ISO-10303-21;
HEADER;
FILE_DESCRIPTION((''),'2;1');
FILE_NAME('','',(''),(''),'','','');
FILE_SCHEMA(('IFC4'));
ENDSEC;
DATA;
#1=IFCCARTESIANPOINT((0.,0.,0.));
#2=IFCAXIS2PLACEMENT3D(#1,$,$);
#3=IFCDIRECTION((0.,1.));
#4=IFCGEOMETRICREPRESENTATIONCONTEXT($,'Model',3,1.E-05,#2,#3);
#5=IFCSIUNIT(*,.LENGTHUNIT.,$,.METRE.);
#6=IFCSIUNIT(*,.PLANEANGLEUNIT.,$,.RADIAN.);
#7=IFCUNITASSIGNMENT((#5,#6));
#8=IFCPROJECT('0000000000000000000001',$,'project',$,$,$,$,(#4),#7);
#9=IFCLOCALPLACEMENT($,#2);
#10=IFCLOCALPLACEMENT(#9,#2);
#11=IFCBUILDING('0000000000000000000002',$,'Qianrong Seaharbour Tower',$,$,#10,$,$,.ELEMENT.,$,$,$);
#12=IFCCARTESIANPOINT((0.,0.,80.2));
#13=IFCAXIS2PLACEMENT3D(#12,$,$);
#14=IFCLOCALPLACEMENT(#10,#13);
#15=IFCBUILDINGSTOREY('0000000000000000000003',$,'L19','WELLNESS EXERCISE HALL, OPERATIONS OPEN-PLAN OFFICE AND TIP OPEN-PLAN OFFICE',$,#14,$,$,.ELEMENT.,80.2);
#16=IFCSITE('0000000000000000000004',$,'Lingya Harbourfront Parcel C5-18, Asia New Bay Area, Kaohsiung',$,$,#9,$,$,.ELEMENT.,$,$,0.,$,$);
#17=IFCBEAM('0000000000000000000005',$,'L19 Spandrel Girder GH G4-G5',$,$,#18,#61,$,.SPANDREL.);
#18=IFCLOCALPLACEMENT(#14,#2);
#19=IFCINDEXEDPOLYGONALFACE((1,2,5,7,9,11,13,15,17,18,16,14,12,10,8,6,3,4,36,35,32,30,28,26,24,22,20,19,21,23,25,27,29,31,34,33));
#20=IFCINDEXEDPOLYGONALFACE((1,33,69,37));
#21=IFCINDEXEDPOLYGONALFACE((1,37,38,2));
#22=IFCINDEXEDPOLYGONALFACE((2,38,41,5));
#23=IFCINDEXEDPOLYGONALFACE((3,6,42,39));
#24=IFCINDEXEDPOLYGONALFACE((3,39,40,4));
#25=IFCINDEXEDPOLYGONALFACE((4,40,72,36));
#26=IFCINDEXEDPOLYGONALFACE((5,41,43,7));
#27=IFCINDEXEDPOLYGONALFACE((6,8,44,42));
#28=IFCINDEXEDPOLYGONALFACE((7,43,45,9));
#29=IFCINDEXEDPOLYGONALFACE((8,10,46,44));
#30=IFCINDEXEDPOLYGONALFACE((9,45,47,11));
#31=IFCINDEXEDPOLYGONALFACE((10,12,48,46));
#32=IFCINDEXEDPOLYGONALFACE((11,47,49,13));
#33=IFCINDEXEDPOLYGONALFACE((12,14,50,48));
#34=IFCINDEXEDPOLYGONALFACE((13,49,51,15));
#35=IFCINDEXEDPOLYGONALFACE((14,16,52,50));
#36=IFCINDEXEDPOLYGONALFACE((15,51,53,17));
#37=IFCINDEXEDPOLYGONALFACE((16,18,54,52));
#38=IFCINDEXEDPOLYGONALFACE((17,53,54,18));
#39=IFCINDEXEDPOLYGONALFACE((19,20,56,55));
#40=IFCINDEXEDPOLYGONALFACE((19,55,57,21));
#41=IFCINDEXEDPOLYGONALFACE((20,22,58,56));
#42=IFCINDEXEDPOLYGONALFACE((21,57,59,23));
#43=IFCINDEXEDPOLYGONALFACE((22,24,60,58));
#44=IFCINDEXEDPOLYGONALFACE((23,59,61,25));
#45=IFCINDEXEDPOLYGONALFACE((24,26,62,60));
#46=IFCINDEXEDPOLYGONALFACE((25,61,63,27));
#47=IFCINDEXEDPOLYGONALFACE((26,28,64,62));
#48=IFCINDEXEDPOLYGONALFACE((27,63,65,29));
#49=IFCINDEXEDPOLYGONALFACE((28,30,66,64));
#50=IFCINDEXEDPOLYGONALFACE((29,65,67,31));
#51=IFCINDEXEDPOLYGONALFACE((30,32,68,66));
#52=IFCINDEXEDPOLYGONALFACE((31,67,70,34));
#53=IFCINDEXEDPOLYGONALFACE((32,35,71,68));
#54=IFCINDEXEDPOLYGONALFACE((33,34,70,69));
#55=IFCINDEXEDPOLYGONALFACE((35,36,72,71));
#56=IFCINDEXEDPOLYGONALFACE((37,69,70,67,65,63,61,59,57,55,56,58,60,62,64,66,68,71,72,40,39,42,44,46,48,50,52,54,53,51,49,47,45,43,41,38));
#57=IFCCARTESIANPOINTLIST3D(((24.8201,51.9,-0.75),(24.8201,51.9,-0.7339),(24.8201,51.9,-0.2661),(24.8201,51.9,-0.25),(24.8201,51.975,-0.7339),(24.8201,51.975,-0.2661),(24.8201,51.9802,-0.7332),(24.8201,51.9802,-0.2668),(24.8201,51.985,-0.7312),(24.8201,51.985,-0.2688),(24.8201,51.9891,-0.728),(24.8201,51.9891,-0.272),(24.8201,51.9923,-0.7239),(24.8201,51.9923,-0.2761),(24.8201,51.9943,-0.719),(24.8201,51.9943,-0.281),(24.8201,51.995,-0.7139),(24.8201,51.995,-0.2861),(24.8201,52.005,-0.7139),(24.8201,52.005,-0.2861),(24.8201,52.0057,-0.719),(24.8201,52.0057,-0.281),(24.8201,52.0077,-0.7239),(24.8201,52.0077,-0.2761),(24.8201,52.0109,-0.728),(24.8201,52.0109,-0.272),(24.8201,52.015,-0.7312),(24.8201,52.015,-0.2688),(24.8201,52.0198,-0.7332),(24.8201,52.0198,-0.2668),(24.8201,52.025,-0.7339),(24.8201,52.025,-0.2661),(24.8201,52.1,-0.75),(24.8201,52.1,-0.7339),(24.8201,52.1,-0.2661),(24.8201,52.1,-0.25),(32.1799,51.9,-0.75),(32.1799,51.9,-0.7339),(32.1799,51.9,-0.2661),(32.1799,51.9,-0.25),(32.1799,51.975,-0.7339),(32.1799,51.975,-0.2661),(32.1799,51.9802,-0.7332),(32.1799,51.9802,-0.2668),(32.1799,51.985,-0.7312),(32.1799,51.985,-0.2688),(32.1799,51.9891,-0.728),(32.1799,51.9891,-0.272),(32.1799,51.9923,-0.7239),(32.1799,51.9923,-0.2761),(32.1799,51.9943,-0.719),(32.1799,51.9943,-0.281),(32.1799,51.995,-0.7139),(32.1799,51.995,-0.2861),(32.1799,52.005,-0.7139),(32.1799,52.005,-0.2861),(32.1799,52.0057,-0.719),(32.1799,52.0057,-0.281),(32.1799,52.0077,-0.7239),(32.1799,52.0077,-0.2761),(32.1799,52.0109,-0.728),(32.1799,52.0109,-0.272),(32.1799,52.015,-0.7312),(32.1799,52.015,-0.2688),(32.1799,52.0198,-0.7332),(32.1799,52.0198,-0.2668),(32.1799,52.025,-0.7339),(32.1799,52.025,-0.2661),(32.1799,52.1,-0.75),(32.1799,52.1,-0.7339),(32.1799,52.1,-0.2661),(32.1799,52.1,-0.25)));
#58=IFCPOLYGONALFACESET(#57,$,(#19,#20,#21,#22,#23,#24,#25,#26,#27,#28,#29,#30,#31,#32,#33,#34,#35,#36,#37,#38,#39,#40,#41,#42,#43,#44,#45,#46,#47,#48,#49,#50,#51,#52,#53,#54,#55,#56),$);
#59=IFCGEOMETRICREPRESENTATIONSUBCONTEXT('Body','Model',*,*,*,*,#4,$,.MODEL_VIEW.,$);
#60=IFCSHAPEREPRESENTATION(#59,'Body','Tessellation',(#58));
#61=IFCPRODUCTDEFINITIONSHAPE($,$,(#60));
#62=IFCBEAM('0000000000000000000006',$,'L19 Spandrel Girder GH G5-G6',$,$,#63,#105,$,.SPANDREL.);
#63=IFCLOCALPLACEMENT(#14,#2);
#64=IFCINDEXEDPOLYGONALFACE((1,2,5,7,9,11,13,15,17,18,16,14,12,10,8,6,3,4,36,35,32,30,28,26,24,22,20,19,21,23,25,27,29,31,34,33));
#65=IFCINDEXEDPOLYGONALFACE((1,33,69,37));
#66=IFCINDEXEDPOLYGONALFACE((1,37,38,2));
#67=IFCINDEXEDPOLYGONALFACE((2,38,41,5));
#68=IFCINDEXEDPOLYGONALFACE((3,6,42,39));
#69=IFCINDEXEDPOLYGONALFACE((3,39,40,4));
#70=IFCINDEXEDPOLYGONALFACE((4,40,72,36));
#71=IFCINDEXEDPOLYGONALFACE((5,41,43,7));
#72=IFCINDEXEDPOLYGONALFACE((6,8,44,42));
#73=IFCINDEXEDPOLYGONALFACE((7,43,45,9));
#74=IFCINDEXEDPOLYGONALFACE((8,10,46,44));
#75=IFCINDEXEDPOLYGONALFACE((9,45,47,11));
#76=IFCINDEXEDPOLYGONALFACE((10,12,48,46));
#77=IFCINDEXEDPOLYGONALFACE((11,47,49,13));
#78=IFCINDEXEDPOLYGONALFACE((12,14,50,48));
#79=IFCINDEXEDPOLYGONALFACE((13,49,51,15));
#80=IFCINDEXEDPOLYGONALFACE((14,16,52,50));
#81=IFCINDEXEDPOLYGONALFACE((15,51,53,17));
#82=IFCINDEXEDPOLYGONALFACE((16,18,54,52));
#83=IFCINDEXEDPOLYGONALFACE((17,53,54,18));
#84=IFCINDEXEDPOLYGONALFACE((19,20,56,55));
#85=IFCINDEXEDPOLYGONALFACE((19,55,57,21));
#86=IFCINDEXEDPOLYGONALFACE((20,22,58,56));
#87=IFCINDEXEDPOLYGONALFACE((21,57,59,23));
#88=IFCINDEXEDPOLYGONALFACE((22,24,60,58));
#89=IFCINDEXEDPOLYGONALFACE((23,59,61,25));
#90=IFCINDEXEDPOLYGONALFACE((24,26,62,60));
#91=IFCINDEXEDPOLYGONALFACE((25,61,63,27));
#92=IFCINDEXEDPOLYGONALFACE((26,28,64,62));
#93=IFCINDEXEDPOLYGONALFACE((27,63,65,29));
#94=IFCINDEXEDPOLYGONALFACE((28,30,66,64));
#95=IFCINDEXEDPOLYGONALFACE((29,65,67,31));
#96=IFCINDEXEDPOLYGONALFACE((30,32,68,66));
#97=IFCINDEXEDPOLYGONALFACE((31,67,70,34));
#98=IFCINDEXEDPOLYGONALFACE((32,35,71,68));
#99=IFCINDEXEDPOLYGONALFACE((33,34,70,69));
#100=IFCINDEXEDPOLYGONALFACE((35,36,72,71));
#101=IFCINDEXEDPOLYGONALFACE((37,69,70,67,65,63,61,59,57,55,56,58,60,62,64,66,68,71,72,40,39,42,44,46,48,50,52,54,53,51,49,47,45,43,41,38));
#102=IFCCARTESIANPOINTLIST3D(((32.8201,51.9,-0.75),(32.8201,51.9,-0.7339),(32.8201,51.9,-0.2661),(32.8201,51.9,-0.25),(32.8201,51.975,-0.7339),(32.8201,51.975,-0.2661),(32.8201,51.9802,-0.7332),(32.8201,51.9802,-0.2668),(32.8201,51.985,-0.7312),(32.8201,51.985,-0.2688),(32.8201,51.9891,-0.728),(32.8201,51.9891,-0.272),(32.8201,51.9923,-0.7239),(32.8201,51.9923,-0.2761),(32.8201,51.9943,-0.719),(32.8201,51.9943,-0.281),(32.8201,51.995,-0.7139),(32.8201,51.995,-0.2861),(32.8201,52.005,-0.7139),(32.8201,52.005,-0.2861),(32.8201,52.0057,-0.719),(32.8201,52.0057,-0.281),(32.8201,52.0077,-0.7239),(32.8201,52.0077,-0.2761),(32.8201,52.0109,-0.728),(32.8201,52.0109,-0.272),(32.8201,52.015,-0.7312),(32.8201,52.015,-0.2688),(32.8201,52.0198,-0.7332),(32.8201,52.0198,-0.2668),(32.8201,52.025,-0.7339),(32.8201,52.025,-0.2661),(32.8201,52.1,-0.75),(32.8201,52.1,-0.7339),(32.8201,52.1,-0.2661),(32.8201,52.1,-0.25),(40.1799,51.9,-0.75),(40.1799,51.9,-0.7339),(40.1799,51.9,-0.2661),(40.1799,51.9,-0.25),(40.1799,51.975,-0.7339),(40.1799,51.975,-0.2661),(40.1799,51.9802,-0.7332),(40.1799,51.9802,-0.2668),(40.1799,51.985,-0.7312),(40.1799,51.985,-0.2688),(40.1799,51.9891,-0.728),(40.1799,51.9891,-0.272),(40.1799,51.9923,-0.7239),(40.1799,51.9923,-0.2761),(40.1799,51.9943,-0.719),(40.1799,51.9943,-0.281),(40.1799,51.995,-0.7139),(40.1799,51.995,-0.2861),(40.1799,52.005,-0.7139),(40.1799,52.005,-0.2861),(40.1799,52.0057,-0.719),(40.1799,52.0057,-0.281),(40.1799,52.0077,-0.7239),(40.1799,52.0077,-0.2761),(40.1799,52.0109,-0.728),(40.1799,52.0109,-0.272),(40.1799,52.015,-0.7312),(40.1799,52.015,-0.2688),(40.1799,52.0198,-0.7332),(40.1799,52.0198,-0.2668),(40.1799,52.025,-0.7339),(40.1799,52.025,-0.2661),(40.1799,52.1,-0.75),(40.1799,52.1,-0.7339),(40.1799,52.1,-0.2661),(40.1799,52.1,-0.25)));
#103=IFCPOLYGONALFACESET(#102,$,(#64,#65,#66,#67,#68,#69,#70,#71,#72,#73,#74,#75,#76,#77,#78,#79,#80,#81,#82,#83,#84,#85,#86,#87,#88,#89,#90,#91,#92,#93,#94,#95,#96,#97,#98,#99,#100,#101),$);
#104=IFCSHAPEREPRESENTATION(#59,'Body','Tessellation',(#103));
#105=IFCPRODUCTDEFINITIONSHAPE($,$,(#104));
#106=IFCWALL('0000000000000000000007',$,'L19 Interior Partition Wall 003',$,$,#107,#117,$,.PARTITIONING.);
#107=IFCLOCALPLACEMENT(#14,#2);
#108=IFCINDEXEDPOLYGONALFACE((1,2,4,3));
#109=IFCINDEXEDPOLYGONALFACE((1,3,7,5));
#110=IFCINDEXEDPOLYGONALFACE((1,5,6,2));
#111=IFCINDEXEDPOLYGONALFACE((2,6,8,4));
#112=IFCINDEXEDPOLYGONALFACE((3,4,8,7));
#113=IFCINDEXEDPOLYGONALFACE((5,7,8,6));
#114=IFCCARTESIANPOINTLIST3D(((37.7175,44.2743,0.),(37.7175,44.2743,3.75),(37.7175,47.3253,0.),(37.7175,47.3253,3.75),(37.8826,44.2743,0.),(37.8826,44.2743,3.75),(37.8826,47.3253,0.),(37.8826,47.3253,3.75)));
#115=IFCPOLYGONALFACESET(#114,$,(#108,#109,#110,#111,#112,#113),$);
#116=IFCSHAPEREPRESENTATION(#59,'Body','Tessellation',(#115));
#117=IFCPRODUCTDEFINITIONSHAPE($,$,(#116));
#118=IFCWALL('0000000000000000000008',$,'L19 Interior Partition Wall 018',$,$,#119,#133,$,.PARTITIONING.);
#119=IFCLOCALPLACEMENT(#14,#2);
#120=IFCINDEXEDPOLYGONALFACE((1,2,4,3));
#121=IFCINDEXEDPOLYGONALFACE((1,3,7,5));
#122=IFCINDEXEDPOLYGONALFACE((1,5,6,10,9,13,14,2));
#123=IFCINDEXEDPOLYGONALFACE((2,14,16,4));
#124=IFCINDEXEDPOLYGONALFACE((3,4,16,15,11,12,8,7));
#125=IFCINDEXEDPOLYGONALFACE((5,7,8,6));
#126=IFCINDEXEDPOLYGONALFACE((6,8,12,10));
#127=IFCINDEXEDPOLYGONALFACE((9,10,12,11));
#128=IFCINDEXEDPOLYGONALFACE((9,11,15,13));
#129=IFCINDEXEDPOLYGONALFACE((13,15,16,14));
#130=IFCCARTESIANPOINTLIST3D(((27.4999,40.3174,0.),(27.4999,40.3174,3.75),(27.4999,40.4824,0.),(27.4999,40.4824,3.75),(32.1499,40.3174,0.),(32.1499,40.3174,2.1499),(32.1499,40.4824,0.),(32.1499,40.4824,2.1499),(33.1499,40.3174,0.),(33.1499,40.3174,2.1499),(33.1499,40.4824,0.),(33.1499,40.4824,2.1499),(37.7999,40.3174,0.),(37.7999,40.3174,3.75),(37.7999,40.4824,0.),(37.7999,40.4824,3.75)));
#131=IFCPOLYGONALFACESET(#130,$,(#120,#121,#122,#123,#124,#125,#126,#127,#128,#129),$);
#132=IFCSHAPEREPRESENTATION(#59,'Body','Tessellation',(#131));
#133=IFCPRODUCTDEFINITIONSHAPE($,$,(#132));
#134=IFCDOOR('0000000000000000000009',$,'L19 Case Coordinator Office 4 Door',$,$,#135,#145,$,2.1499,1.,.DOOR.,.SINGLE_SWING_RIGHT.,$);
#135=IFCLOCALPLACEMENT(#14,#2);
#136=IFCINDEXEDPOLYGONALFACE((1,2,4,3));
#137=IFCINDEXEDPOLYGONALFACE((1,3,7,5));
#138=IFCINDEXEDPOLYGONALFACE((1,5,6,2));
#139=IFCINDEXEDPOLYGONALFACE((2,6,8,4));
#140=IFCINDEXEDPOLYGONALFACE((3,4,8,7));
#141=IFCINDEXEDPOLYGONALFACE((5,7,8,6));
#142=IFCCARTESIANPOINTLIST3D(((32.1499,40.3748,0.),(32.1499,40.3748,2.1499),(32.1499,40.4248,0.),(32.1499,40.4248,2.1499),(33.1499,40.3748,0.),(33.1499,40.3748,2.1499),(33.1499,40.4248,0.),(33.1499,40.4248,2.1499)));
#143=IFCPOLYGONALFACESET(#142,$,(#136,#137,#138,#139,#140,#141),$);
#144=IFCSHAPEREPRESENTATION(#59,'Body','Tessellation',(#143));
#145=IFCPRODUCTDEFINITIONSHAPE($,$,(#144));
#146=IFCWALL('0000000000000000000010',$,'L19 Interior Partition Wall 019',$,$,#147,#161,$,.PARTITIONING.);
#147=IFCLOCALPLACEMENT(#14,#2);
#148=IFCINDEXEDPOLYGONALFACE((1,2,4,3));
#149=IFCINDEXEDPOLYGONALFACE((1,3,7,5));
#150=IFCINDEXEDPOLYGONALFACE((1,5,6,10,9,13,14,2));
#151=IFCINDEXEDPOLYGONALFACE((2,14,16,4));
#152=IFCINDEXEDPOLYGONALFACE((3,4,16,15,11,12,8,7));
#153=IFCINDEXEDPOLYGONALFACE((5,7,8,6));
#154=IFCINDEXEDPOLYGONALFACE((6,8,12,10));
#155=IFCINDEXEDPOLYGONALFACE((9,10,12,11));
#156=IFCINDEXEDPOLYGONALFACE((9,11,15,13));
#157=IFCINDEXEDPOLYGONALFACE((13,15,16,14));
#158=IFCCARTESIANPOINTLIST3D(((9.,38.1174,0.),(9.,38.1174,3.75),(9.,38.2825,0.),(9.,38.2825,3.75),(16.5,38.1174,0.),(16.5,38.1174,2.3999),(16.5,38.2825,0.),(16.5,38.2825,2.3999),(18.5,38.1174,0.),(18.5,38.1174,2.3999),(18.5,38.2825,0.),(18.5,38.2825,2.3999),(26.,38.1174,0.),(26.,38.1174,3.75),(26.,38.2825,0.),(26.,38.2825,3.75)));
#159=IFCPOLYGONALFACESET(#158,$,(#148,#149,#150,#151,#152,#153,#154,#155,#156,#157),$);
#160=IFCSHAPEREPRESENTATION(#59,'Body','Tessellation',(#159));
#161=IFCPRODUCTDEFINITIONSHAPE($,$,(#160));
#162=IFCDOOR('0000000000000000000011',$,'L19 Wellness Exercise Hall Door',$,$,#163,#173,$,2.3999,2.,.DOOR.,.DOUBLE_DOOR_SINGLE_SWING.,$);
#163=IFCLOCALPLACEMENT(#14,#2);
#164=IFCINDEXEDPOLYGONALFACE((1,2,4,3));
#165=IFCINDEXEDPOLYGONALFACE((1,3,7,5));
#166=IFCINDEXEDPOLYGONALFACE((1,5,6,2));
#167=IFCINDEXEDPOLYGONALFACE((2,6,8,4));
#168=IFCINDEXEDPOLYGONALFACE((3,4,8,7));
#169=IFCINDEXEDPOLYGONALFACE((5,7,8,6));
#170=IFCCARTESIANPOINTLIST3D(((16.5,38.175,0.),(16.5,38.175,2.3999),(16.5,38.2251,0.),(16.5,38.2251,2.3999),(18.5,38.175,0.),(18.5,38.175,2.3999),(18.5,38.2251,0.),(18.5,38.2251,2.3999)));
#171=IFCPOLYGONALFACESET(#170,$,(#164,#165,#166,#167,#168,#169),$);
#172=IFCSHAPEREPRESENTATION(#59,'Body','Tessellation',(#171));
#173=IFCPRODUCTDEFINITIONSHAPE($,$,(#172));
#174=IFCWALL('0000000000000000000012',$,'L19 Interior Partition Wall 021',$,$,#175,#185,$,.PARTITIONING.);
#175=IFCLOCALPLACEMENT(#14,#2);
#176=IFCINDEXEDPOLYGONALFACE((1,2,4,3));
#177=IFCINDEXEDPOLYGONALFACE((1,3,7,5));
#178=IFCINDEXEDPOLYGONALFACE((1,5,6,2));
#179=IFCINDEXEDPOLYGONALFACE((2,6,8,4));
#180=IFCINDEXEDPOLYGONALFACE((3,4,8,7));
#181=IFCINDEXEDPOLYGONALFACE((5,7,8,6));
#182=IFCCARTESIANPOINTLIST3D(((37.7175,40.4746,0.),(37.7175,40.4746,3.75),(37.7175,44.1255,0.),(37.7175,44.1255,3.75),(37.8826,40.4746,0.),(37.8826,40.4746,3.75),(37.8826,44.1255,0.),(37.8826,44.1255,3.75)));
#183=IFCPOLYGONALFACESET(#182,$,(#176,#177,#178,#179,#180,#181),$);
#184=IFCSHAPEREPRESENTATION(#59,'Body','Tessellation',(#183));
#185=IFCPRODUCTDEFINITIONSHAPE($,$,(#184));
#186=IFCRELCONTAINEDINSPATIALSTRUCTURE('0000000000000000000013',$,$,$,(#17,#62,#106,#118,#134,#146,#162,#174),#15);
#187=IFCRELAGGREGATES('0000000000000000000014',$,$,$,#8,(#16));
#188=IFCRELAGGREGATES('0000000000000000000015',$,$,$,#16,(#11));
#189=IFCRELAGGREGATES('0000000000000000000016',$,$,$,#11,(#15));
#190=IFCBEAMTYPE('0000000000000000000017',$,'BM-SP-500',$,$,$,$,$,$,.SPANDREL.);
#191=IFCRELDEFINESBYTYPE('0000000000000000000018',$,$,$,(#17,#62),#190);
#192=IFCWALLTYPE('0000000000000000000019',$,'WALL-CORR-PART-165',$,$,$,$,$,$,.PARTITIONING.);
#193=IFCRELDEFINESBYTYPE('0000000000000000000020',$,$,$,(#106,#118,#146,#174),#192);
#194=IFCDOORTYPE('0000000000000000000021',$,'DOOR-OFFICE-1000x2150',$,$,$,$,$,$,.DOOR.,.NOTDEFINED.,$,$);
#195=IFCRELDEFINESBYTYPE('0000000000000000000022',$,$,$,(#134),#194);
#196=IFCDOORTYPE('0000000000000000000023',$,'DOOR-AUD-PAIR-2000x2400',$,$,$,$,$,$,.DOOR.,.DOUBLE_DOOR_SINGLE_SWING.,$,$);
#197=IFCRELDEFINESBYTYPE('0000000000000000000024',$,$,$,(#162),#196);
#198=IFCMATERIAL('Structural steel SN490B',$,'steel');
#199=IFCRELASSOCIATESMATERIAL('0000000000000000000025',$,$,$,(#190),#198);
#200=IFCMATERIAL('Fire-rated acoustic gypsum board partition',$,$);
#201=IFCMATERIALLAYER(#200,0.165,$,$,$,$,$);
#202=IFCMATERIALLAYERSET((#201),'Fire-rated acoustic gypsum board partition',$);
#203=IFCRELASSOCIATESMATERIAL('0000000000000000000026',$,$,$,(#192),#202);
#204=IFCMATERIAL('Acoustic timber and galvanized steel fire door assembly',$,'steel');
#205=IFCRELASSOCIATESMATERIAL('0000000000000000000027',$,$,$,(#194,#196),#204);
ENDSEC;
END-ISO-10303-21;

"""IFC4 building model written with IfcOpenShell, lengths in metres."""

from ifc_helpers import new_model, si_unit, direction, frame, frame_2d, origin, origin_2d, place, context, subcontext, project, spatial, rectangle, i_section, extrude, material, layer, layer_set, material_profile, profile_set, type_object, element, fill, save


model = new_model("IFC4")

# Units and contexts
model_context = context("Model", 3, precision=1e-05, world=origin(), true_north=direction((0.0, 1.0)))
body_context = subcontext(model_context, "Body", "Model", "MODEL_VIEW")
ifc_project = project(units=[si_unit("LENGTHUNIT", "METRE"), si_unit("PLANEANGLEUNIT", "RADIAN")], contexts=[model_context])

# Site, building, storey
site_placement = place(None, origin())
site = spatial("IfcSite", under=ifc_project, at=site_placement, Name="Lingya Harbourfront Parcel C5-18, Asia New Bay Area, Kaohsiung", CompositionType="ELEMENT", RefElevation=0.0)
building_placement = place(site_placement, origin())
building = spatial("IfcBuilding", under=site, at=building_placement, Name="Qianrong Seaharbour Tower", CompositionType="ELEMENT")
storey_placement = place(building_placement, frame((0.0, 0.0, 80.2)))
storey = spatial("IfcBuildingStorey", under=building, at=storey_placement, Name="L19", Description="WELLNESS EXERCISE HALL, OPERATIONS OPEN-PLAN OFFICE AND TIP OPEN-PLAN OFFICE", CompositionType="ELEMENT", Elevation=80.2)

# Shared definitions
ifc_material_1 = material(Name="Structural steel SN490B", Category="steel")

# Beams
ifc_material_profile_1 = material_profile(ifc_material_1, i_section(OverallWidth=0.2, OverallDepth=0.5, WebThickness=0.01, FlangeThickness=0.0161, FilletRadius=0.02, at=origin_2d()), Name="H500x200x10x16")
ifc_profile_set_1 = profile_set([ifc_material_profile_1], Name="Structural steel SN490B")
beam_type_1 = type_object("IfcBeamType", Name="BM-SP-500", PredefinedType="SPANDREL", material=ifc_profile_set_1)
for number, where, z_axis, x_axis, name in (
    (1, (24.8201, 52.0, -0.5), (1.0, 0.0, 0.0), (0.0, 1.0, 0.0), "L19 Spandrel Girder GH G4-G5"),
    (2, (32.8201, 52.0, -0.5), (1.0, 0.0, 0.0), (0.0, 1.0, 0.0), "L19 Spandrel Girder GH G5-G6"),
):
    element("IfcBeam", number, at=place(storey_placement, frame(where, z_axis=z_axis, x_axis=x_axis)), inside=storey, type_object=beam_type_1, Name=name, PredefinedType="SPANDREL", context=body_context, shape_type="SweptSolid", body=[
        extrude(i_section(OverallWidth=0.2, OverallDepth=0.5, WebThickness=0.01, FlangeThickness=0.0161, FilletRadius=0.02, at=origin_2d()), origin(), (0.0, 0.0, 1.0), 7.3599),
    ])

# Wall
ifc_material_2 = material(Name="Fire-rated acoustic gypsum board partition")
ifc_layer_1 = layer(ifc_material_2, 0.165)
ifc_layer_set_1 = layer_set([ifc_layer_1], Name="Fire-rated acoustic gypsum board partition")
wall_type_1 = type_object("IfcWallType", Name="WALL-CORR-PART-165", PredefinedType="PARTITIONING", material=ifc_layer_set_1)
wall_1_placement = place(storey_placement, frame((37.8, 44.2744, 0.0), z_axis=(0.0, 0.0, 1.0), x_axis=(0.0, 1.0, 0.0)))
element("IfcWall", 3, at=wall_1_placement, inside=storey, type_object=wall_type_1, Name="L19 Interior Partition Wall 003", PredefinedType="PARTITIONING", context=body_context, shape_type="SweptSolid", body=[
    extrude(rectangle(XDim=3.051, YDim=0.165, at=frame_2d((1.5254, 0.0))), origin(), (0.0, 0.0, 1.0), 3.75),
])

# Walls, openings, doors
wall_2_placement = place(storey_placement, frame((27.5, 40.3999, 0.0), z_axis=(0.0, 0.0, 1.0), x_axis=(1.0, 0.0, 0.0)))
wall_2 = element("IfcWall", 4, at=wall_2_placement, inside=storey, type_object=wall_type_1, Name="L19 Interior Partition Wall 018", PredefinedType="PARTITIONING", context=body_context, shape_type="SweptSolid", body=[
    extrude(rectangle(XDim=10.3, YDim=0.165, at=frame_2d((5.1499, 0.0))), origin(), (0.0, 0.0, 1.0), 3.75),
])
opening_1_placement = place(wall_2_placement, frame((4.6499, 0.0, 0.0)))
opening_1 = element("IfcOpeningElement", 5, at=opening_1_placement, cuts=wall_2, PredefinedType="OPENING", context=body_context, shape_type="SweptSolid", body=[
    extrude(rectangle(XDim=1.0, YDim=2.1499, at=frame_2d((0.5, 1.075))), frame((0.0, 0.0925, 0.0), z_axis=(0.0, -1.0, 0.0), x_axis=(1.0, 0.0, 0.0)), (0.0, 0.0, 1.0), 0.1851),
])
ifc_material_3 = material(Name="Acoustic timber and galvanized steel fire door assembly", Category="steel")
door_type_1 = type_object("IfcDoorType", Name="DOOR-OFFICE-1000x2150", OperationType="NOTDEFINED", PredefinedType="DOOR", material=ifc_material_3)
door_1_placement = place(opening_1_placement, origin())
door_1 = element("IfcDoor", 6, at=door_1_placement, inside=storey, type_object=door_type_1, Name="L19 Case Coordinator Office 4 Door", OperationType="SINGLE_SWING_RIGHT", OverallHeight=2.1499, OverallWidth=1.0, PredefinedType="DOOR", context=body_context, shape_type="SweptSolid", body=[
    extrude(rectangle(XDim=1.0, YDim=2.1499, at=frame_2d((0.5, 1.075))), frame((0.0, 0.0249, 0.0), z_axis=(0.0, -1.0, 0.0), x_axis=(1.0, 0.0, 0.0)), (0.0, 0.0, 1.0), 0.05),
])
fill(opening_1, door_1)
wall_3_placement = place(storey_placement, frame((26.0, 38.2, 0.0), z_axis=(0.0, 0.0, 1.0), x_axis=(-1.0, 0.0, 0.0)))
wall_3 = element("IfcWall", 7, at=wall_3_placement, inside=storey, type_object=wall_type_1, Name="L19 Interior Partition Wall 019", PredefinedType="PARTITIONING", context=body_context, shape_type="SweptSolid", body=[
    extrude(rectangle(XDim=17.0, YDim=0.165, at=frame_2d((8.5, 0.0))), origin(), (0.0, 0.0, 1.0), 3.75),
])
opening_2_placement = place(wall_3_placement, frame((7.5, 0.0, 0.0)))
opening_2 = element("IfcOpeningElement", 8, at=opening_2_placement, cuts=wall_3, PredefinedType="OPENING", context=body_context, shape_type="SweptSolid", body=[
    extrude(rectangle(XDim=2.0, YDim=2.3999, at=frame_2d((1.0, 1.2))), frame((0.0, 0.0925, 0.0), z_axis=(0.0, -1.0, 0.0), x_axis=(1.0, 0.0, 0.0)), (0.0, 0.0, 1.0), 0.1851),
])
door_type_2 = type_object("IfcDoorType", Name="DOOR-AUD-PAIR-2000x2400", OperationType="DOUBLE_DOOR_SINGLE_SWING", PredefinedType="DOOR", material=ifc_material_3)
door_2_placement = place(opening_2_placement, origin())
door_2 = element("IfcDoor", 9, at=door_2_placement, inside=storey, type_object=door_type_2, Name="L19 Wellness Exercise Hall Door", OperationType="DOUBLE_DOOR_SINGLE_SWING", OverallHeight=2.3999, OverallWidth=2.0, PredefinedType="DOOR", context=body_context, shape_type="SweptSolid", body=[
    extrude(rectangle(XDim=2.0, YDim=2.3999, at=frame_2d((1.0, 1.2))), frame((0.0, 0.0249, 0.0), z_axis=(0.0, -1.0, 0.0), x_axis=(1.0, 0.0, 0.0)), (0.0, 0.0, 1.0), 0.05),
])
fill(opening_2, door_2)

# Wall
wall_4_placement = place(storey_placement, frame((37.8, 40.4746, 0.0), z_axis=(0.0, 0.0, 1.0), x_axis=(0.0, 1.0, 0.0)))
element("IfcWall", 10, at=wall_4_placement, inside=storey, type_object=wall_type_1, Name="L19 Interior Partition Wall 021", PredefinedType="PARTITIONING", context=body_context, shape_type="SweptSolid", body=[
    extrude(rectangle(XDim=3.6509, YDim=0.165, at=frame_2d((1.8254, 0.0))), origin(), (0.0, 0.0, 1.0), 3.75),
])

save(model, "model.ifc")
